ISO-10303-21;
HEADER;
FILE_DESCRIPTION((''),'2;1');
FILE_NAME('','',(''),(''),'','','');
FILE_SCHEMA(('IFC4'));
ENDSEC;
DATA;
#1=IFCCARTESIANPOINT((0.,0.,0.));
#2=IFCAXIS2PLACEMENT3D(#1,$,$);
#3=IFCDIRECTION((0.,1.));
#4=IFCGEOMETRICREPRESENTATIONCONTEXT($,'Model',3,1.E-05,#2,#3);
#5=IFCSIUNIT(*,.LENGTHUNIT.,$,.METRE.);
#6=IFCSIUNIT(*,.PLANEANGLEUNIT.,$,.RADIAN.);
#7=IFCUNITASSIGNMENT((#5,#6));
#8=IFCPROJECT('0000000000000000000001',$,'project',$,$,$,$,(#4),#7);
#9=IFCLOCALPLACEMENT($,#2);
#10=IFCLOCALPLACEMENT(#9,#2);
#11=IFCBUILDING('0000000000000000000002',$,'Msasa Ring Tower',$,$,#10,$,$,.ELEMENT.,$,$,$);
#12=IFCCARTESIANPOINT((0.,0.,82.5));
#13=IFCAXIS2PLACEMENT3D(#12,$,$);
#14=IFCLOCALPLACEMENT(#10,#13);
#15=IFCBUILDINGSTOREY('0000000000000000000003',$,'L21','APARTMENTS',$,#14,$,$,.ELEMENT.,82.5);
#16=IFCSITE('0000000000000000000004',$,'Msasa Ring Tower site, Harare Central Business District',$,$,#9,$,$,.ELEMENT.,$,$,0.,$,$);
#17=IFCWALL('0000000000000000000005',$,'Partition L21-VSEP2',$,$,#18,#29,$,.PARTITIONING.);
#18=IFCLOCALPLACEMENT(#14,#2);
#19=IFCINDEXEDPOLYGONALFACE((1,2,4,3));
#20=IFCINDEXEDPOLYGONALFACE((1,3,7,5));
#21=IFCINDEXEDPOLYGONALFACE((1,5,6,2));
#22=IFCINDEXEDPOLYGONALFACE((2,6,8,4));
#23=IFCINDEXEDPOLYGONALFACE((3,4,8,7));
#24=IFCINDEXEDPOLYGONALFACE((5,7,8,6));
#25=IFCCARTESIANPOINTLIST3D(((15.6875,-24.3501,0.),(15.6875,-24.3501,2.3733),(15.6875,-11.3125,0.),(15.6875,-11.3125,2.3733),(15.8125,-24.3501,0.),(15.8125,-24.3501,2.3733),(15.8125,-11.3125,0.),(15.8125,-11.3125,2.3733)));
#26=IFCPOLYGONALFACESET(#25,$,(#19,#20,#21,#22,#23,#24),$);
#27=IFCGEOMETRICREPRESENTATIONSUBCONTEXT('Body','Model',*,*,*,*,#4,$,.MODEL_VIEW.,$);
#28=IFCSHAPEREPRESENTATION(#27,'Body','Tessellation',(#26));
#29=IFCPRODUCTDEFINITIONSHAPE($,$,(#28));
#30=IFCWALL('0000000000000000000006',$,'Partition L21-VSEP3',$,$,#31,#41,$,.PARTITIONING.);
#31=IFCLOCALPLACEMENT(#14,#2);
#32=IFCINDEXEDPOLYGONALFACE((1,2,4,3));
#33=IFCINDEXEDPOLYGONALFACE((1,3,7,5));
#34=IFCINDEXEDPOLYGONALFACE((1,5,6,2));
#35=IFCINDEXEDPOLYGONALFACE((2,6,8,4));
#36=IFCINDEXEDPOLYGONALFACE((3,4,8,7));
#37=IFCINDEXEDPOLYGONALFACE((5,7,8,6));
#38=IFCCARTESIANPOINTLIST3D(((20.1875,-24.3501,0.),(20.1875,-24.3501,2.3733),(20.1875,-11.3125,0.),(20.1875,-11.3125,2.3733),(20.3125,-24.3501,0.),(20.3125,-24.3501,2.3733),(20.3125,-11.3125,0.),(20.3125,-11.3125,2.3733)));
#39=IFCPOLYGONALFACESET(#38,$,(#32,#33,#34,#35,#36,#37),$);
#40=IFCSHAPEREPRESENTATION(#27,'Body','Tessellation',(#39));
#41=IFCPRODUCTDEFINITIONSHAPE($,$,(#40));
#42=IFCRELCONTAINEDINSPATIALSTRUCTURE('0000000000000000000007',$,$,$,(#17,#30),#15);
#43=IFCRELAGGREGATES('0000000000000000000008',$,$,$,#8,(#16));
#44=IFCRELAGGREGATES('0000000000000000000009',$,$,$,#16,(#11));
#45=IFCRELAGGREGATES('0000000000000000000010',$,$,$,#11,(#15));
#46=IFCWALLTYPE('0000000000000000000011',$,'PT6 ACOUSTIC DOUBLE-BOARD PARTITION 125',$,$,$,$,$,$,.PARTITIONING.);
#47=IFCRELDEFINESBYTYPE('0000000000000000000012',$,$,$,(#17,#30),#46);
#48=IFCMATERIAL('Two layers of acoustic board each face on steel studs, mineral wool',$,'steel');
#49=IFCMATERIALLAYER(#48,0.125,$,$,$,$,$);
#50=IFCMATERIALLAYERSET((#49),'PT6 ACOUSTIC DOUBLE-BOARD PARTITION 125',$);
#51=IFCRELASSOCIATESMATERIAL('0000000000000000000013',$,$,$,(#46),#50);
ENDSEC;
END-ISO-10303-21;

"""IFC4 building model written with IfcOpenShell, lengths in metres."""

from ifc_helpers import new_model, si_unit, direction, frame, frame_2d, origin, place, context, subcontext, project, spatial, rectangle, extrude, material, layer, layer_set, type_object, element, save


model = new_model("IFC4")

# Units and contexts
model_context = context("Model", 3, precision=1e-05, world=origin(), true_north=direction((0.0, 1.0)))
body_context = subcontext(model_context, "Body", "Model", "MODEL_VIEW")
ifc_project = project(units=[si_unit("LENGTHUNIT", "METRE"), si_unit("PLANEANGLEUNIT", "RADIAN")], contexts=[model_context])

# Site, building, storey
site_placement = place(None, origin())
site = spatial("IfcSite", under=ifc_project, at=site_placement, Name="Msasa Ring Tower site, Harare Central Business District", CompositionType="ELEMENT", RefElevation=0.0)
building_placement = place(site_placement, origin())
building = spatial("IfcBuilding", under=site, at=building_placement, Name="Msasa Ring Tower", CompositionType="ELEMENT")
storey_placement = place(building_placement, frame((0.0, 0.0, 82.5)))
storey = spatial("IfcBuildingStorey", under=building, at=storey_placement, Name="L21", Description="APARTMENTS", CompositionType="ELEMENT", Elevation=82.5)

# Walls
ifc_material_1 = material(Name="Two layers of acoustic board each face on steel studs, mineral wool", Category="steel")
ifc_layer_1 = layer(ifc_material_1, 0.125)
ifc_layer_set_1 = layer_set([ifc_layer_1], Name="PT6 ACOUSTIC DOUBLE-BOARD PARTITION 125")
wall_type_1 = type_object("IfcWallType", Name="PT6 ACOUSTIC DOUBLE-BOARD PARTITION 125", PredefinedType="PARTITIONING", material=ifc_layer_set_1)
for number, where, z_axis, x_axis, name in (
    (1, (15.75, -24.3501, 0.0), (0.0, 0.0, 1.0), (0.0, 1.0, 0.0), "Partition L21-VSEP2"),
    (2, (20.25, -24.3501, 0.0), (0.0, 0.0, 1.0), (0.0, 1.0, 0.0), "Partition L21-VSEP3"),
):
    element("IfcWall", number, at=place(storey_placement, frame(where, z_axis=z_axis, x_axis=x_axis)), inside=storey, type_object=wall_type_1, Name=name, PredefinedType="PARTITIONING", context=body_context, shape_type="SweptSolid", body=[
        extrude(rectangle(XDim=13.0376, YDim=0.125, at=frame_2d((6.5188, 0.0))), origin(), (0.0, 0.0, 1.0), 2.3733),
    ])

save(model, "model.ifc")
